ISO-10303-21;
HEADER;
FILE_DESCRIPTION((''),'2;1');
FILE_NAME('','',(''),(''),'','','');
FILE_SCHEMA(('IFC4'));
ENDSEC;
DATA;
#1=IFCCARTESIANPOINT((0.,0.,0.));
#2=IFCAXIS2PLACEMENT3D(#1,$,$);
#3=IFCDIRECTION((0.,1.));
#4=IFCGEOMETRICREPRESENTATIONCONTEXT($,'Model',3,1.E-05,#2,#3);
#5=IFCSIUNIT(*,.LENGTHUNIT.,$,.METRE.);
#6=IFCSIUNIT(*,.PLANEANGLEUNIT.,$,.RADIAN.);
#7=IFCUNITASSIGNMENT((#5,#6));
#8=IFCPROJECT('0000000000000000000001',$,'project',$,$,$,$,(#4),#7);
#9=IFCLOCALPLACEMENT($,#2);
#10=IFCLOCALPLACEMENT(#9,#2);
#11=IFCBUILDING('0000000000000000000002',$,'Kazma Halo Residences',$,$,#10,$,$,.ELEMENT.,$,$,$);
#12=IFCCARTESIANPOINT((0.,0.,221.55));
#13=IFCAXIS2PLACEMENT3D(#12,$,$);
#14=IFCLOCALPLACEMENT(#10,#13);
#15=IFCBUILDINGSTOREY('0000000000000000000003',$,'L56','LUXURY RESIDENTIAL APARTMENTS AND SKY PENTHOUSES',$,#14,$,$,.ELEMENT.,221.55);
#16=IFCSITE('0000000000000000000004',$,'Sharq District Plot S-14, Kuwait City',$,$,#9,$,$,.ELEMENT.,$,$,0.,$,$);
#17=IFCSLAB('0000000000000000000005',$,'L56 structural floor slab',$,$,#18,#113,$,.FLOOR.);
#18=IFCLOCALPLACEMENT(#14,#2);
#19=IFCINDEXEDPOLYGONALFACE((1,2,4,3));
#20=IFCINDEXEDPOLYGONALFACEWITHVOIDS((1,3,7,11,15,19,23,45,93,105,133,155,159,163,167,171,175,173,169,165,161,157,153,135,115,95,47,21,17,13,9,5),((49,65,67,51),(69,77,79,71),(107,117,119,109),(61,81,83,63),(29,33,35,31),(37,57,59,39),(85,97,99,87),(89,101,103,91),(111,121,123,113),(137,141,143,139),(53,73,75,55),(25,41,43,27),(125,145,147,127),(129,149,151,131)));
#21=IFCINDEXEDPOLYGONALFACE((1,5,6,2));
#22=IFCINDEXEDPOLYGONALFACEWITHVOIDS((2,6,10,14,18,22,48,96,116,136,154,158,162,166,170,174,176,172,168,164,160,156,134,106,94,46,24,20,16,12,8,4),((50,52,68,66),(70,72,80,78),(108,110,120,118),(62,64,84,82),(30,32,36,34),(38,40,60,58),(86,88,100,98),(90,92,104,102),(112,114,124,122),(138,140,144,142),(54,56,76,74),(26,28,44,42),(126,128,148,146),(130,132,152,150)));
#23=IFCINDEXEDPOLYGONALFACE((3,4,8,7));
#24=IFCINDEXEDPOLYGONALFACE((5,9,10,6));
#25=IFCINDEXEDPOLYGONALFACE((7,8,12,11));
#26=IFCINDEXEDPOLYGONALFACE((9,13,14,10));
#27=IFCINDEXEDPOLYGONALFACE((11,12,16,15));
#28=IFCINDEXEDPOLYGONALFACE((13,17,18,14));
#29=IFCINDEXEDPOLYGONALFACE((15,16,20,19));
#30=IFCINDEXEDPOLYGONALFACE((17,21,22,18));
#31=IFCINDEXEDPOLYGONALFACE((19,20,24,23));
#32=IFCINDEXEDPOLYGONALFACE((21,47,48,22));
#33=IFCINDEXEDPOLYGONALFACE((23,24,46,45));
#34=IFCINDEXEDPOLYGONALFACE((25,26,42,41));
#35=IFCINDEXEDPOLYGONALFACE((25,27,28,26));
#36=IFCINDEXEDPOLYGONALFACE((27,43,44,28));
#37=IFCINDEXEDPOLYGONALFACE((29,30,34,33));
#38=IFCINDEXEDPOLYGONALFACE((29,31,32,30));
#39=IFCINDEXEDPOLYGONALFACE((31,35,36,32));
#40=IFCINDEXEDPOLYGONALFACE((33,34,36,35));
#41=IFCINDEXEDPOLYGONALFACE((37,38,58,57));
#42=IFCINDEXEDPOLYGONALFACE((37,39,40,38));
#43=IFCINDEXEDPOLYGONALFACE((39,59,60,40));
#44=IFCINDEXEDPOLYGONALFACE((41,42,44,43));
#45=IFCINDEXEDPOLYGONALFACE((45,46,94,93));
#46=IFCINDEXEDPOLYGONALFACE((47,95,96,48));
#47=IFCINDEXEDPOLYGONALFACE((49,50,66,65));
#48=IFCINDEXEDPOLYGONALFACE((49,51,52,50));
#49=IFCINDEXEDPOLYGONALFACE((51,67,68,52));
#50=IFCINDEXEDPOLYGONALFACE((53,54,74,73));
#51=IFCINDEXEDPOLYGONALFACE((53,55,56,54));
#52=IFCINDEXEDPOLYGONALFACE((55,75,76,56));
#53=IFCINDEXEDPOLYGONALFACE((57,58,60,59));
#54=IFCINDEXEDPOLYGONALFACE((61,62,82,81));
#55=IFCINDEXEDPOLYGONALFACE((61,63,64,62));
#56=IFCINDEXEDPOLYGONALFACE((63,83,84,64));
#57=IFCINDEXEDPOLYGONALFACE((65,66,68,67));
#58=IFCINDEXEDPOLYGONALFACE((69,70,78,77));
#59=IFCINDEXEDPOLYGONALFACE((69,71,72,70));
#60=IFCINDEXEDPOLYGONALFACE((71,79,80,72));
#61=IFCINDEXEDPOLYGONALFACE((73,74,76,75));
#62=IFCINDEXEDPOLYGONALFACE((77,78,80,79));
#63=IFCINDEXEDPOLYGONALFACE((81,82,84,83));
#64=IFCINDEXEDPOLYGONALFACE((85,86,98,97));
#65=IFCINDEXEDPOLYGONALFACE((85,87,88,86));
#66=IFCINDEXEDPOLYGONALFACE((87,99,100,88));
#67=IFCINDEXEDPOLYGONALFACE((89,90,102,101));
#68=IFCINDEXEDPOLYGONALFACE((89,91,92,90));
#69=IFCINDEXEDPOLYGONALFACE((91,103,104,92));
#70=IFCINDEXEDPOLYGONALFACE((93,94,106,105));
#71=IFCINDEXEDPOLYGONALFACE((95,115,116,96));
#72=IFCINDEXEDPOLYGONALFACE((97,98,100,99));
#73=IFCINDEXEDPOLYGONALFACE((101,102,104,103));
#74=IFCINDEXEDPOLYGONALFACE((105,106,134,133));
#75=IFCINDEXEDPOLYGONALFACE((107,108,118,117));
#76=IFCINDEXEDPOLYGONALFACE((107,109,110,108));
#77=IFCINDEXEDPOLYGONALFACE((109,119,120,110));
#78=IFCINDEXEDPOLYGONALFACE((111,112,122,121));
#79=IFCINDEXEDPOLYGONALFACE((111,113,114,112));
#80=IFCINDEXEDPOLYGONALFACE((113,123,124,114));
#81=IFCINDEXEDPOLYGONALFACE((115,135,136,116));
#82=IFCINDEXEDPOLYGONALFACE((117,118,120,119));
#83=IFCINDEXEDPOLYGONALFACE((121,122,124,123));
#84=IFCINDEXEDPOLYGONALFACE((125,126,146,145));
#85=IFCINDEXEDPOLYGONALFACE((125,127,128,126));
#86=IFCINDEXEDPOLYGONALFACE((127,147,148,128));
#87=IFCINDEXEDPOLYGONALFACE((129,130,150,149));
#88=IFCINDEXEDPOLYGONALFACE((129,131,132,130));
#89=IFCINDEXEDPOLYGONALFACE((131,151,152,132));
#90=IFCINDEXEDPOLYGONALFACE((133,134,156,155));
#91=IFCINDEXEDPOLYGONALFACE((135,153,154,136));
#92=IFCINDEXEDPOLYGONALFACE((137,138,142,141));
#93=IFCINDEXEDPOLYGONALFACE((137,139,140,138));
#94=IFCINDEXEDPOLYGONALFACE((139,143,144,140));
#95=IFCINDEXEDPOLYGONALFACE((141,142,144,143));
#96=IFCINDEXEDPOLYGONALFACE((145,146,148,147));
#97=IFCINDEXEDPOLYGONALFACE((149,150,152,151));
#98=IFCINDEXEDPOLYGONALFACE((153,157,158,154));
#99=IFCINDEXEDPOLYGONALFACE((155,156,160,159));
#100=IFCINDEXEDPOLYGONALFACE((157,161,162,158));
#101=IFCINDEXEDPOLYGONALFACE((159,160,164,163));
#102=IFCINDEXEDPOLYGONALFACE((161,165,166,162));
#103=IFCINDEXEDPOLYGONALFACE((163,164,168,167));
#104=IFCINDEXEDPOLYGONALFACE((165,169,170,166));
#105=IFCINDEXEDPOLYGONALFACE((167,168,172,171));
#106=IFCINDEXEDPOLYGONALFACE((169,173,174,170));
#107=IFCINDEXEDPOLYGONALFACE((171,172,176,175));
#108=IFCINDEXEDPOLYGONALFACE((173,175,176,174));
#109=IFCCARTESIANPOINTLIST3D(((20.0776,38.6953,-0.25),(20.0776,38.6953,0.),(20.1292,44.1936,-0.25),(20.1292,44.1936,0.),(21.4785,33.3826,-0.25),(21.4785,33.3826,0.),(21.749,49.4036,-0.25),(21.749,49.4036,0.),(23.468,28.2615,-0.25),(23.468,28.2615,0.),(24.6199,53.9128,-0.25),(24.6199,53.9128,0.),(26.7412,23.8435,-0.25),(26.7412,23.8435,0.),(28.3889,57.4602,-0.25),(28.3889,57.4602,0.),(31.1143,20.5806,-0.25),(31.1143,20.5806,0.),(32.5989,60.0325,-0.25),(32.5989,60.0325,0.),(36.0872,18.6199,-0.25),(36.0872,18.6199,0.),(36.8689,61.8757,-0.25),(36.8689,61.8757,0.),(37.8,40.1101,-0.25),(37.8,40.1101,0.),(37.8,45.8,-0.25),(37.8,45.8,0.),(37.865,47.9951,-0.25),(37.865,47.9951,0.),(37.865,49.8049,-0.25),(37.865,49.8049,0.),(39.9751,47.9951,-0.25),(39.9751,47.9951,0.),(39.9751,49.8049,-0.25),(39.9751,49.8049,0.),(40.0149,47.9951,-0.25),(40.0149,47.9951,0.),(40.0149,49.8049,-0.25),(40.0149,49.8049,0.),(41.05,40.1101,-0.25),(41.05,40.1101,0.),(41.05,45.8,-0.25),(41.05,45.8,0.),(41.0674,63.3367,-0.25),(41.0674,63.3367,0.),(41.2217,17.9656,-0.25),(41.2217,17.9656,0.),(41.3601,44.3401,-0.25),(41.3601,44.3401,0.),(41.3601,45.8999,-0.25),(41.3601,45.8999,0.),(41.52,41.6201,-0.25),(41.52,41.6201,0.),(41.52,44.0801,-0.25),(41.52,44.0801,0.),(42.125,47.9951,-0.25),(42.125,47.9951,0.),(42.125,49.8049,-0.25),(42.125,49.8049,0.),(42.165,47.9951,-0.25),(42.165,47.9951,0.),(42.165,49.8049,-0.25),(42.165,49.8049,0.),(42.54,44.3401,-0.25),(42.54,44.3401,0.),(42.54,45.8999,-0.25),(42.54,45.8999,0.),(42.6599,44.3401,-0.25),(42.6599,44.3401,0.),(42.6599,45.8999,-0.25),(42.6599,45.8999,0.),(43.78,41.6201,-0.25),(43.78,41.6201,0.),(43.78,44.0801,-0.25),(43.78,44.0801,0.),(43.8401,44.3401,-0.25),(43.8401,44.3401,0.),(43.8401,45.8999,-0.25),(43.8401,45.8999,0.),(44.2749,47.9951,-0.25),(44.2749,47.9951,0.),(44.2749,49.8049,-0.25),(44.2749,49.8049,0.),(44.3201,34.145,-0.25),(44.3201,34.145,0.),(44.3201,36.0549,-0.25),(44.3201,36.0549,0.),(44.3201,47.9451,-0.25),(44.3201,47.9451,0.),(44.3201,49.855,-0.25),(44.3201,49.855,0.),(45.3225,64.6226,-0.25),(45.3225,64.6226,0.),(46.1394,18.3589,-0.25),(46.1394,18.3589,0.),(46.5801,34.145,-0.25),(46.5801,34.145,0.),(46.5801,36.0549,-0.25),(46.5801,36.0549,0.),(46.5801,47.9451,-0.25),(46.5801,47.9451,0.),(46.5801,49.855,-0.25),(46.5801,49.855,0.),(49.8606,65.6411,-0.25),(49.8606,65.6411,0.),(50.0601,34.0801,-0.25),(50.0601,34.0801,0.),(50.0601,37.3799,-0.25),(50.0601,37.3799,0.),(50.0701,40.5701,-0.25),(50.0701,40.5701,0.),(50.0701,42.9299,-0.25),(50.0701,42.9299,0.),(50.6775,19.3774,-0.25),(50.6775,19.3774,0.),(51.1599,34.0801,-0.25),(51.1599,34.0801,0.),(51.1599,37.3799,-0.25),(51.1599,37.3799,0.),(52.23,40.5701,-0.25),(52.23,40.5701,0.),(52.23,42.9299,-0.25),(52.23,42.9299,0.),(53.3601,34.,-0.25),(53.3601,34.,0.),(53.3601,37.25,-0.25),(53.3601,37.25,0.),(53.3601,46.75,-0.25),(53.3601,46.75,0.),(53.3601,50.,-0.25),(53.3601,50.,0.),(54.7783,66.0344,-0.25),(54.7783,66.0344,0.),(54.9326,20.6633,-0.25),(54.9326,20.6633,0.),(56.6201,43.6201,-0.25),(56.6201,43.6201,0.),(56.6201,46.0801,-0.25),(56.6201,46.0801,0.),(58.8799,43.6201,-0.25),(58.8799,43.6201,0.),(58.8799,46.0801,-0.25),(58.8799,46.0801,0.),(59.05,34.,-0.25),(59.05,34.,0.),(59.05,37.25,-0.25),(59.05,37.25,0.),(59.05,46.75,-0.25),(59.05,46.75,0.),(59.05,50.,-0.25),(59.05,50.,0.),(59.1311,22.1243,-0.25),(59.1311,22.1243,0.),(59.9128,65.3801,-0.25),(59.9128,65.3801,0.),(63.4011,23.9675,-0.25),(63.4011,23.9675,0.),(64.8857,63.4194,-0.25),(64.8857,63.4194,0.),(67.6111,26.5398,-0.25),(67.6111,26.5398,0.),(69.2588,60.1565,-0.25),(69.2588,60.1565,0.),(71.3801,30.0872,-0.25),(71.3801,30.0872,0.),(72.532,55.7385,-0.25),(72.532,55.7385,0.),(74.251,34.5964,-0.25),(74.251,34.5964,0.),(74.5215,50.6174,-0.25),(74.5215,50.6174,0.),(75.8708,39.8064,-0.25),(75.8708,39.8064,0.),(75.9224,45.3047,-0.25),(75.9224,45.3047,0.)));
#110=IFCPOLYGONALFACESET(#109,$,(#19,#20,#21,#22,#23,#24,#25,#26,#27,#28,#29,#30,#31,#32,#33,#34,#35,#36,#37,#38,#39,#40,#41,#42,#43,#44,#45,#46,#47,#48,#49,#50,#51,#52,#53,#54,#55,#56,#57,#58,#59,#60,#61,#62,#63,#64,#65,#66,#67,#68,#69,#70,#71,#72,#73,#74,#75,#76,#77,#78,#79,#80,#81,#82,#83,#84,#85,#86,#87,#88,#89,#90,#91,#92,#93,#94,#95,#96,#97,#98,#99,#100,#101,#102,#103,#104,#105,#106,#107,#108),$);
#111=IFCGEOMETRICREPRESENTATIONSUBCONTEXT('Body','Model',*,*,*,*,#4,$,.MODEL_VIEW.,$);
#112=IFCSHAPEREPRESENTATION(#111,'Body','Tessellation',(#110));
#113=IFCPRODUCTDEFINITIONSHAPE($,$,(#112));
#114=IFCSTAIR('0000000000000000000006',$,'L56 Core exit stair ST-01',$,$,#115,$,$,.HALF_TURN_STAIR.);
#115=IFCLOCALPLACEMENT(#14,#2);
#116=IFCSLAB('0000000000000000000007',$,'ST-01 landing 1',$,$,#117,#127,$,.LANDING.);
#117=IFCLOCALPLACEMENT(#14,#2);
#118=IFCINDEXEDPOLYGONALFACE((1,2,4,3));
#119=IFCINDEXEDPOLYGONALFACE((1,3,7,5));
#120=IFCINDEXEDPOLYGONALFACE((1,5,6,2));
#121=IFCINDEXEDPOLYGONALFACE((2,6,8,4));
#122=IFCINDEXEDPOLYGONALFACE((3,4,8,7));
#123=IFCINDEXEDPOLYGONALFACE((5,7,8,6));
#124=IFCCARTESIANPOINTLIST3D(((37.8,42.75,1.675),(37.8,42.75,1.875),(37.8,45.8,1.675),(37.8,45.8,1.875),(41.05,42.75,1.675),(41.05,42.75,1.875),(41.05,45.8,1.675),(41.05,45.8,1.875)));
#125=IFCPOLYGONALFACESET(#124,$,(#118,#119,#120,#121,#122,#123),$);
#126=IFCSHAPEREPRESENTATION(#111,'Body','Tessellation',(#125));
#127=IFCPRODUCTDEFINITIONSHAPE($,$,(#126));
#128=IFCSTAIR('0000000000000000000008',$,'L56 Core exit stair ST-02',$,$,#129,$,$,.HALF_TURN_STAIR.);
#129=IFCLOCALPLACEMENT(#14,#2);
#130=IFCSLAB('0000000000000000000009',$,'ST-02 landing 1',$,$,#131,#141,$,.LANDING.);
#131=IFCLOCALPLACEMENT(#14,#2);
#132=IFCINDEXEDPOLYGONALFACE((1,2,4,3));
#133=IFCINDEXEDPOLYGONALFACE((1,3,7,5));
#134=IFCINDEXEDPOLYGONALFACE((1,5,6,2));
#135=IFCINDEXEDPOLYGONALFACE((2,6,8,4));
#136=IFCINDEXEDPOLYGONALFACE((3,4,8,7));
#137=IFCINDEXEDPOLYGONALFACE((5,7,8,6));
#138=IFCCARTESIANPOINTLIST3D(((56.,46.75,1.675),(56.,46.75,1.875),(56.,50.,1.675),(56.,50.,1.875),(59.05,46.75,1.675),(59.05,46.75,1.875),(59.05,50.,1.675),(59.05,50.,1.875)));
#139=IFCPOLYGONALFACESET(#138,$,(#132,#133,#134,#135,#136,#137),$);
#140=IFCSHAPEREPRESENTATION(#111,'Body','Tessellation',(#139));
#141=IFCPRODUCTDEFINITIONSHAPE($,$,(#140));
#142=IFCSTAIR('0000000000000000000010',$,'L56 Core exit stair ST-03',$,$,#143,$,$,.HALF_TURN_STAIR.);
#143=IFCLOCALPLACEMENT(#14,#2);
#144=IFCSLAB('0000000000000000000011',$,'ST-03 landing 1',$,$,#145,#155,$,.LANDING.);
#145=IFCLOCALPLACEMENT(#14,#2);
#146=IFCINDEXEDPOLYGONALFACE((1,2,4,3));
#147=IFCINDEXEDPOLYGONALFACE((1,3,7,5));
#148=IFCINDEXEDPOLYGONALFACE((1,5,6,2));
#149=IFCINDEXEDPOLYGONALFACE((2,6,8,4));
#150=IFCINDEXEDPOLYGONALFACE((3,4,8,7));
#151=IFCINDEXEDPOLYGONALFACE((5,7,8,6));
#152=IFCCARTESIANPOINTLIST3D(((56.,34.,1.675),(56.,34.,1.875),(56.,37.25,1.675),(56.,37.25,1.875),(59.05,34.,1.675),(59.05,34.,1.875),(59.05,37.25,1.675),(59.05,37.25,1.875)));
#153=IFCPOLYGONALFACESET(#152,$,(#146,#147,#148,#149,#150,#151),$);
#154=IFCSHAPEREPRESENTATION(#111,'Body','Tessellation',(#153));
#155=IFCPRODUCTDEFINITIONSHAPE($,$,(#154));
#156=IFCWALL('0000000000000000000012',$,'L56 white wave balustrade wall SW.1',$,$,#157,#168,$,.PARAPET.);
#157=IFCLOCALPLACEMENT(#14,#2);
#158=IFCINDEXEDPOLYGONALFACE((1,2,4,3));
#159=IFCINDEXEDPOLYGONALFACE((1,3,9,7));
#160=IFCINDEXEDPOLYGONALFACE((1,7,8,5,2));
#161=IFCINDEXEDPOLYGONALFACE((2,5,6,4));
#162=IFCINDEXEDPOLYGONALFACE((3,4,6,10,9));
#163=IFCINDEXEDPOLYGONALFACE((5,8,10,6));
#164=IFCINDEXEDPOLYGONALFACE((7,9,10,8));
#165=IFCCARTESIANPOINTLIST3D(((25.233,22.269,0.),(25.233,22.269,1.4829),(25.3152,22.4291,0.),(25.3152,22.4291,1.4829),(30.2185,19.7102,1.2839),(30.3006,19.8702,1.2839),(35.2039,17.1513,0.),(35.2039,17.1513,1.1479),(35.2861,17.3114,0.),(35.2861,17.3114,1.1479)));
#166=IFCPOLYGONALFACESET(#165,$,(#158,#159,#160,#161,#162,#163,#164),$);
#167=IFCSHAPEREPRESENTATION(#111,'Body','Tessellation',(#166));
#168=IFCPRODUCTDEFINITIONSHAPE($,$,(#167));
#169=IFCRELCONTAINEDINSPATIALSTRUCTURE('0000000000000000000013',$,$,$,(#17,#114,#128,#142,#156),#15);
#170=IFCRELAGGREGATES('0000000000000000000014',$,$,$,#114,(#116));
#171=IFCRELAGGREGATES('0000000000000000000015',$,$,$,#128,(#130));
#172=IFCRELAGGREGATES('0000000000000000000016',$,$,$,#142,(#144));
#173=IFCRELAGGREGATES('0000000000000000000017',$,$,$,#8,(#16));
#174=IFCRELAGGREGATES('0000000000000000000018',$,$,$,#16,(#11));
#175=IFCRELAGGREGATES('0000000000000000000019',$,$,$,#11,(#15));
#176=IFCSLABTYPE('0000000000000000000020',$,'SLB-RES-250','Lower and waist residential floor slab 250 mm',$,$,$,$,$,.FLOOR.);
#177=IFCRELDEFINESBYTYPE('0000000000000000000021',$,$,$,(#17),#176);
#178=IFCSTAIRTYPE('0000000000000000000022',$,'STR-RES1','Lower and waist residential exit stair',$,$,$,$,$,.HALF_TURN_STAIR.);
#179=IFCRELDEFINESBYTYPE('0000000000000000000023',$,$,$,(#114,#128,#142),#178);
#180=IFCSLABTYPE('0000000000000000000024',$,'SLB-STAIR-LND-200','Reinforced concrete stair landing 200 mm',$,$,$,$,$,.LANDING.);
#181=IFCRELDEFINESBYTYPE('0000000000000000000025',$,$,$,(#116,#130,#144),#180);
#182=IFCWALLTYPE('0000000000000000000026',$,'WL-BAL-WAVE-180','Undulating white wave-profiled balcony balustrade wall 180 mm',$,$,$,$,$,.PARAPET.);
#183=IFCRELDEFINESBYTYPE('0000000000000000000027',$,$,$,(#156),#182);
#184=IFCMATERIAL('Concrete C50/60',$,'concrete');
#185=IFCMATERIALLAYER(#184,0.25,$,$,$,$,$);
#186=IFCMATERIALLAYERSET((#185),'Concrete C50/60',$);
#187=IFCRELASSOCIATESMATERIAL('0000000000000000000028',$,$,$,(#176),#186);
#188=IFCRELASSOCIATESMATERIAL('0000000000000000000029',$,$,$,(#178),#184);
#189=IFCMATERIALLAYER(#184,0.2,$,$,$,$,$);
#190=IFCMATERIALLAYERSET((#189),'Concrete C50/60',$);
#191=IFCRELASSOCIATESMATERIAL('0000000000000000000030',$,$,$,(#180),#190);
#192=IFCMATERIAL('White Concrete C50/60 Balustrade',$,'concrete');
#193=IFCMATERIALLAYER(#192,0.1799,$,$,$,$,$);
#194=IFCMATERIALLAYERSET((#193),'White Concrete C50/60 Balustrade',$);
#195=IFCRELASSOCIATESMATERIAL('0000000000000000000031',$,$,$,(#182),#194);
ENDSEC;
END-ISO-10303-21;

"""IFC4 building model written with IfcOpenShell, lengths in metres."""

from ifc_helpers import new_model, si_unit, direction, frame, origin, place, context, subcontext, project, spatial, polyline, outline, extrude, material, layer, layer_set, type_object, element, aggregate, save


model = new_model("IFC4")

# Units and contexts
model_context = context("Model", 3, precision=1e-05, world=origin(), true_north=direction((0.0, 1.0)))
body_context = subcontext(model_context, "Body", "Model", "MODEL_VIEW")
ifc_project = project(units=[si_unit("LENGTHUNIT", "METRE"), si_unit("PLANEANGLEUNIT", "RADIAN")], contexts=[model_context])

# Site, building, storey
site_placement = place(None, origin())
site = spatial("IfcSite", under=ifc_project, at=site_placement, Name="Sharq District Plot S-14, Kuwait City", CompositionType="ELEMENT", RefElevation=0.0)
building_placement = place(site_placement, origin())
building = spatial("IfcBuilding", under=site, at=building_placement, Name="Kazma Halo Residences", CompositionType="ELEMENT")
storey_placement = place(building_placement, frame((0.0, 0.0, 221.55)))
storey = spatial("IfcBuildingStorey", under=building, at=storey_placement, Name="L56", Description="LUXURY RESIDENTIAL APARTMENTS AND SKY PENTHOUSES", CompositionType="ELEMENT", Elevation=221.55)

# Slab
ifc_material_1 = material(Name="Concrete C50/60", Category="concrete")
ifc_layer_1 = layer(ifc_material_1, 0.25)
ifc_layer_set_1 = layer_set([ifc_layer_1], Name="Concrete C50/60")
slab_type_1 = type_object("IfcSlabType", Name="SLB-RES-250", Description="Lower and waist residential floor slab 250 mm", PredefinedType="FLOOR", material=ifc_layer_set_1)
slab_1_placement = place(storey_placement, frame((0.0, 0.0, -0.25)))
element("IfcSlab", 1, at=slab_1_placement, inside=storey, type_object=slab_type_1, Name="L56 structural floor slab", PredefinedType="FLOOR", context=body_context, shape_type="SweptSolid", body=[
    extrude(outline(polyline([(74.5215, 50.6174), (72.532, 55.7385), (69.2588, 60.1565), (64.8857, 63.4194), (59.9128, 65.3801), (54.7783, 66.0344), (49.8606, 65.6411), (45.3225, 64.6226), (41.0674, 63.3367), (36.8689, 61.8757), (32.5989, 60.0325), (28.3889, 57.4602), (24.6199, 53.9128), (21.749, 49.4036), (20.1292, 44.1936), (20.0776, 38.6953), (21.4785, 33.3826), (23.468, 28.2615), (26.7412, 23.8435), (31.1143, 20.5806), (36.0872, 18.6199), (41.2217, 17.9656), (46.1394, 18.3589), (50.6775, 19.3774), (54.9326, 20.6633), (59.1311, 22.1243), (63.4011, 23.9675), (67.6111, 26.5398), (71.3801, 30.0872), (74.251, 34.5964), (75.8708, 39.8064), (75.9224, 45.3047), (74.5215, 50.6174)]), holes=[polyline([(37.8, 40.1101), (41.05, 40.1101), (41.05, 45.8), (37.8, 45.8), (37.8, 40.1101)]), polyline([(53.3601, 46.75), (59.05, 46.75), (59.05, 50.0), (53.3601, 50.0), (53.3601, 46.75)]), polyline([(53.3601, 34.0), (59.05, 34.0), (59.05, 37.25), (53.3601, 37.25), (53.3601, 34.0)]), polyline([(41.52, 41.6201), (43.78, 41.6201), (43.78, 44.0801), (41.52, 44.0801), (41.52, 41.6201)]), polyline([(56.6201, 43.6201), (58.8799, 43.6201), (58.8799, 46.0801), (56.6201, 46.0801), (56.6201, 43.6201)]), polyline([(37.865, 47.9951), (39.9751, 47.9951), (39.9751, 49.8049), (37.865, 49.8049), (37.865, 47.9951)]), polyline([(40.0149, 47.9951), (42.125, 47.9951), (42.125, 49.8049), (40.0149, 49.8049), (40.0149, 47.9951)]), polyline([(42.165, 47.9951), (44.2749, 47.9951), (44.2749, 49.8049), (42.165, 49.8049), (42.165, 47.9951)]), polyline([(44.3201, 47.9451), (46.5801, 47.9451), (46.5801, 49.855), (44.3201, 49.855), (44.3201, 47.9451)]), polyline([(44.3201, 34.145), (46.5801, 34.145), (46.5801, 36.0549), (44.3201, 36.0549), (44.3201, 34.145)]), polyline([(50.0701, 40.5701), (52.23, 40.5701), (52.23, 42.9299), (50.0701, 42.9299), (50.0701, 40.5701)]), polyline([(41.3601, 44.3401), (42.54, 44.3401), (42.54, 45.8999), (41.3601, 45.8999), (41.3601, 44.3401)]), polyline([(42.6599, 44.3401), (43.8401, 44.3401), (43.8401, 45.8999), (42.6599, 45.8999), (42.6599, 44.3401)]), polyline([(50.0601, 34.0801), (51.1599, 34.0801), (51.1599, 37.3799), (50.0601, 37.3799), (50.0601, 34.0801)])]), origin(), (0.0, 0.0, 1.0), 0.25),
])

# Stairs, slabs
stair_type = type_object("IfcStairType", Name="STR-RES1", Description="Lower and waist residential exit stair", PredefinedType="HALF_TURN_STAIR", material=ifc_material_1)
stair_1_placement = place(storey_placement, origin())
stair_1 = element("IfcStair", 2, at=stair_1_placement, inside=storey, type_object=stair_type, Name="L56 Core exit stair ST-01", PredefinedType="HALF_TURN_STAIR")
ifc_layer_2 = layer(ifc_material_1, 0.2)
ifc_layer_set_2 = layer_set([ifc_layer_2], Name="Concrete C50/60")
slab_type_2 = type_object("IfcSlabType", Name="SLB-STAIR-LND-200", Description="Reinforced concrete stair landing 200 mm", PredefinedType="LANDING", material=ifc_layer_set_2)
slab_2_placement = place(storey_placement, frame((0.0, 0.0, 1.675)))
slab_2 = element("IfcSlab", 3, at=slab_2_placement, type_object=slab_type_2, Name="ST-01 landing 1", PredefinedType="LANDING", context=body_context, shape_type="SweptSolid", body=[
    extrude(outline(polyline([(41.05, 42.75), (41.05, 45.8), (37.8, 45.8), (37.8, 42.75), (41.05, 42.75)])), origin(), (0.0, 0.0, 1.0), 0.2),
])
aggregate(stair_1, [slab_2])
stair_2_placement = place(storey_placement, origin())
stair_2 = element("IfcStair", 4, at=stair_2_placement, inside=storey, type_object=stair_type, Name="L56 Core exit stair ST-02", PredefinedType="HALF_TURN_STAIR")
slab_3_placement = place(storey_placement, frame((0.0, 0.0, 1.675)))
slab_3 = element("IfcSlab", 5, at=slab_3_placement, type_object=slab_type_2, Name="ST-02 landing 1", PredefinedType="LANDING", context=body_context, shape_type="SweptSolid", body=[
    extrude(outline(polyline([(56.0, 46.75), (59.05, 46.75), (59.05, 50.0), (56.0, 50.0), (56.0, 46.75)])), origin(), (0.0, 0.0, 1.0), 0.2),
])
aggregate(stair_2, [slab_3])
stair_3_placement = place(storey_placement, origin())
stair_3 = element("IfcStair", 6, at=stair_3_placement, inside=storey, type_object=stair_type, Name="L56 Core exit stair ST-03", PredefinedType="HALF_TURN_STAIR")
slab_4_placement = place(storey_placement, frame((0.0, 0.0, 1.675)))
slab_4 = element("IfcSlab", 7, at=slab_4_placement, type_object=slab_type_2, Name="ST-03 landing 1", PredefinedType="LANDING", context=body_context, shape_type="SweptSolid", body=[
    extrude(outline(polyline([(56.0, 34.0), (59.05, 34.0), (59.05, 37.25), (56.0, 37.25), (56.0, 34.0)])), origin(), (0.0, 0.0, 1.0), 0.2),
])
aggregate(stair_3, [slab_4])

# Wall
ifc_material_2 = material(Name="White Concrete C50/60 Balustrade", Category="concrete")
ifc_layer_3 = layer(ifc_material_2, 0.1799)
ifc_layer_set_3 = layer_set([ifc_layer_3], Name="White Concrete C50/60 Balustrade")
wall_type_1 = type_object("IfcWallType", Name="WL-BAL-WAVE-180", Description="Undulating white wave-profiled balcony balustrade wall 180 mm", PredefinedType="PARAPET", material=ifc_layer_set_3)
wall_1_placement = place(storey_placement, frame((25.2742, 22.3491, 0.0), z_axis=(0.0, 0.0, 1.0), x_axis=(0.889659, -0.456625, 0.0)))
element("IfcWall", 8, at=wall_1_placement, inside=storey, type_object=wall_type_1, Name="L56 white wave balustrade wall SW.1", PredefinedType="PARAPET", context=body_context, shape_type="SweptSolid", body=[
    extrude(outline(polyline([(0.0, 0.0), (11.2075, 0.0), (11.2075, 1.1479), (5.6038, 1.2839), (0.0, 1.4829), (0.0, 0.0)])), frame((0.0, 0.0898, 0.0), z_axis=(0.0, -1.0, 0.0), x_axis=(1.0, 0.0, 0.0)), (0.0, 0.0, 1.0), 0.1799),
])

save(model, "model.ifc")
